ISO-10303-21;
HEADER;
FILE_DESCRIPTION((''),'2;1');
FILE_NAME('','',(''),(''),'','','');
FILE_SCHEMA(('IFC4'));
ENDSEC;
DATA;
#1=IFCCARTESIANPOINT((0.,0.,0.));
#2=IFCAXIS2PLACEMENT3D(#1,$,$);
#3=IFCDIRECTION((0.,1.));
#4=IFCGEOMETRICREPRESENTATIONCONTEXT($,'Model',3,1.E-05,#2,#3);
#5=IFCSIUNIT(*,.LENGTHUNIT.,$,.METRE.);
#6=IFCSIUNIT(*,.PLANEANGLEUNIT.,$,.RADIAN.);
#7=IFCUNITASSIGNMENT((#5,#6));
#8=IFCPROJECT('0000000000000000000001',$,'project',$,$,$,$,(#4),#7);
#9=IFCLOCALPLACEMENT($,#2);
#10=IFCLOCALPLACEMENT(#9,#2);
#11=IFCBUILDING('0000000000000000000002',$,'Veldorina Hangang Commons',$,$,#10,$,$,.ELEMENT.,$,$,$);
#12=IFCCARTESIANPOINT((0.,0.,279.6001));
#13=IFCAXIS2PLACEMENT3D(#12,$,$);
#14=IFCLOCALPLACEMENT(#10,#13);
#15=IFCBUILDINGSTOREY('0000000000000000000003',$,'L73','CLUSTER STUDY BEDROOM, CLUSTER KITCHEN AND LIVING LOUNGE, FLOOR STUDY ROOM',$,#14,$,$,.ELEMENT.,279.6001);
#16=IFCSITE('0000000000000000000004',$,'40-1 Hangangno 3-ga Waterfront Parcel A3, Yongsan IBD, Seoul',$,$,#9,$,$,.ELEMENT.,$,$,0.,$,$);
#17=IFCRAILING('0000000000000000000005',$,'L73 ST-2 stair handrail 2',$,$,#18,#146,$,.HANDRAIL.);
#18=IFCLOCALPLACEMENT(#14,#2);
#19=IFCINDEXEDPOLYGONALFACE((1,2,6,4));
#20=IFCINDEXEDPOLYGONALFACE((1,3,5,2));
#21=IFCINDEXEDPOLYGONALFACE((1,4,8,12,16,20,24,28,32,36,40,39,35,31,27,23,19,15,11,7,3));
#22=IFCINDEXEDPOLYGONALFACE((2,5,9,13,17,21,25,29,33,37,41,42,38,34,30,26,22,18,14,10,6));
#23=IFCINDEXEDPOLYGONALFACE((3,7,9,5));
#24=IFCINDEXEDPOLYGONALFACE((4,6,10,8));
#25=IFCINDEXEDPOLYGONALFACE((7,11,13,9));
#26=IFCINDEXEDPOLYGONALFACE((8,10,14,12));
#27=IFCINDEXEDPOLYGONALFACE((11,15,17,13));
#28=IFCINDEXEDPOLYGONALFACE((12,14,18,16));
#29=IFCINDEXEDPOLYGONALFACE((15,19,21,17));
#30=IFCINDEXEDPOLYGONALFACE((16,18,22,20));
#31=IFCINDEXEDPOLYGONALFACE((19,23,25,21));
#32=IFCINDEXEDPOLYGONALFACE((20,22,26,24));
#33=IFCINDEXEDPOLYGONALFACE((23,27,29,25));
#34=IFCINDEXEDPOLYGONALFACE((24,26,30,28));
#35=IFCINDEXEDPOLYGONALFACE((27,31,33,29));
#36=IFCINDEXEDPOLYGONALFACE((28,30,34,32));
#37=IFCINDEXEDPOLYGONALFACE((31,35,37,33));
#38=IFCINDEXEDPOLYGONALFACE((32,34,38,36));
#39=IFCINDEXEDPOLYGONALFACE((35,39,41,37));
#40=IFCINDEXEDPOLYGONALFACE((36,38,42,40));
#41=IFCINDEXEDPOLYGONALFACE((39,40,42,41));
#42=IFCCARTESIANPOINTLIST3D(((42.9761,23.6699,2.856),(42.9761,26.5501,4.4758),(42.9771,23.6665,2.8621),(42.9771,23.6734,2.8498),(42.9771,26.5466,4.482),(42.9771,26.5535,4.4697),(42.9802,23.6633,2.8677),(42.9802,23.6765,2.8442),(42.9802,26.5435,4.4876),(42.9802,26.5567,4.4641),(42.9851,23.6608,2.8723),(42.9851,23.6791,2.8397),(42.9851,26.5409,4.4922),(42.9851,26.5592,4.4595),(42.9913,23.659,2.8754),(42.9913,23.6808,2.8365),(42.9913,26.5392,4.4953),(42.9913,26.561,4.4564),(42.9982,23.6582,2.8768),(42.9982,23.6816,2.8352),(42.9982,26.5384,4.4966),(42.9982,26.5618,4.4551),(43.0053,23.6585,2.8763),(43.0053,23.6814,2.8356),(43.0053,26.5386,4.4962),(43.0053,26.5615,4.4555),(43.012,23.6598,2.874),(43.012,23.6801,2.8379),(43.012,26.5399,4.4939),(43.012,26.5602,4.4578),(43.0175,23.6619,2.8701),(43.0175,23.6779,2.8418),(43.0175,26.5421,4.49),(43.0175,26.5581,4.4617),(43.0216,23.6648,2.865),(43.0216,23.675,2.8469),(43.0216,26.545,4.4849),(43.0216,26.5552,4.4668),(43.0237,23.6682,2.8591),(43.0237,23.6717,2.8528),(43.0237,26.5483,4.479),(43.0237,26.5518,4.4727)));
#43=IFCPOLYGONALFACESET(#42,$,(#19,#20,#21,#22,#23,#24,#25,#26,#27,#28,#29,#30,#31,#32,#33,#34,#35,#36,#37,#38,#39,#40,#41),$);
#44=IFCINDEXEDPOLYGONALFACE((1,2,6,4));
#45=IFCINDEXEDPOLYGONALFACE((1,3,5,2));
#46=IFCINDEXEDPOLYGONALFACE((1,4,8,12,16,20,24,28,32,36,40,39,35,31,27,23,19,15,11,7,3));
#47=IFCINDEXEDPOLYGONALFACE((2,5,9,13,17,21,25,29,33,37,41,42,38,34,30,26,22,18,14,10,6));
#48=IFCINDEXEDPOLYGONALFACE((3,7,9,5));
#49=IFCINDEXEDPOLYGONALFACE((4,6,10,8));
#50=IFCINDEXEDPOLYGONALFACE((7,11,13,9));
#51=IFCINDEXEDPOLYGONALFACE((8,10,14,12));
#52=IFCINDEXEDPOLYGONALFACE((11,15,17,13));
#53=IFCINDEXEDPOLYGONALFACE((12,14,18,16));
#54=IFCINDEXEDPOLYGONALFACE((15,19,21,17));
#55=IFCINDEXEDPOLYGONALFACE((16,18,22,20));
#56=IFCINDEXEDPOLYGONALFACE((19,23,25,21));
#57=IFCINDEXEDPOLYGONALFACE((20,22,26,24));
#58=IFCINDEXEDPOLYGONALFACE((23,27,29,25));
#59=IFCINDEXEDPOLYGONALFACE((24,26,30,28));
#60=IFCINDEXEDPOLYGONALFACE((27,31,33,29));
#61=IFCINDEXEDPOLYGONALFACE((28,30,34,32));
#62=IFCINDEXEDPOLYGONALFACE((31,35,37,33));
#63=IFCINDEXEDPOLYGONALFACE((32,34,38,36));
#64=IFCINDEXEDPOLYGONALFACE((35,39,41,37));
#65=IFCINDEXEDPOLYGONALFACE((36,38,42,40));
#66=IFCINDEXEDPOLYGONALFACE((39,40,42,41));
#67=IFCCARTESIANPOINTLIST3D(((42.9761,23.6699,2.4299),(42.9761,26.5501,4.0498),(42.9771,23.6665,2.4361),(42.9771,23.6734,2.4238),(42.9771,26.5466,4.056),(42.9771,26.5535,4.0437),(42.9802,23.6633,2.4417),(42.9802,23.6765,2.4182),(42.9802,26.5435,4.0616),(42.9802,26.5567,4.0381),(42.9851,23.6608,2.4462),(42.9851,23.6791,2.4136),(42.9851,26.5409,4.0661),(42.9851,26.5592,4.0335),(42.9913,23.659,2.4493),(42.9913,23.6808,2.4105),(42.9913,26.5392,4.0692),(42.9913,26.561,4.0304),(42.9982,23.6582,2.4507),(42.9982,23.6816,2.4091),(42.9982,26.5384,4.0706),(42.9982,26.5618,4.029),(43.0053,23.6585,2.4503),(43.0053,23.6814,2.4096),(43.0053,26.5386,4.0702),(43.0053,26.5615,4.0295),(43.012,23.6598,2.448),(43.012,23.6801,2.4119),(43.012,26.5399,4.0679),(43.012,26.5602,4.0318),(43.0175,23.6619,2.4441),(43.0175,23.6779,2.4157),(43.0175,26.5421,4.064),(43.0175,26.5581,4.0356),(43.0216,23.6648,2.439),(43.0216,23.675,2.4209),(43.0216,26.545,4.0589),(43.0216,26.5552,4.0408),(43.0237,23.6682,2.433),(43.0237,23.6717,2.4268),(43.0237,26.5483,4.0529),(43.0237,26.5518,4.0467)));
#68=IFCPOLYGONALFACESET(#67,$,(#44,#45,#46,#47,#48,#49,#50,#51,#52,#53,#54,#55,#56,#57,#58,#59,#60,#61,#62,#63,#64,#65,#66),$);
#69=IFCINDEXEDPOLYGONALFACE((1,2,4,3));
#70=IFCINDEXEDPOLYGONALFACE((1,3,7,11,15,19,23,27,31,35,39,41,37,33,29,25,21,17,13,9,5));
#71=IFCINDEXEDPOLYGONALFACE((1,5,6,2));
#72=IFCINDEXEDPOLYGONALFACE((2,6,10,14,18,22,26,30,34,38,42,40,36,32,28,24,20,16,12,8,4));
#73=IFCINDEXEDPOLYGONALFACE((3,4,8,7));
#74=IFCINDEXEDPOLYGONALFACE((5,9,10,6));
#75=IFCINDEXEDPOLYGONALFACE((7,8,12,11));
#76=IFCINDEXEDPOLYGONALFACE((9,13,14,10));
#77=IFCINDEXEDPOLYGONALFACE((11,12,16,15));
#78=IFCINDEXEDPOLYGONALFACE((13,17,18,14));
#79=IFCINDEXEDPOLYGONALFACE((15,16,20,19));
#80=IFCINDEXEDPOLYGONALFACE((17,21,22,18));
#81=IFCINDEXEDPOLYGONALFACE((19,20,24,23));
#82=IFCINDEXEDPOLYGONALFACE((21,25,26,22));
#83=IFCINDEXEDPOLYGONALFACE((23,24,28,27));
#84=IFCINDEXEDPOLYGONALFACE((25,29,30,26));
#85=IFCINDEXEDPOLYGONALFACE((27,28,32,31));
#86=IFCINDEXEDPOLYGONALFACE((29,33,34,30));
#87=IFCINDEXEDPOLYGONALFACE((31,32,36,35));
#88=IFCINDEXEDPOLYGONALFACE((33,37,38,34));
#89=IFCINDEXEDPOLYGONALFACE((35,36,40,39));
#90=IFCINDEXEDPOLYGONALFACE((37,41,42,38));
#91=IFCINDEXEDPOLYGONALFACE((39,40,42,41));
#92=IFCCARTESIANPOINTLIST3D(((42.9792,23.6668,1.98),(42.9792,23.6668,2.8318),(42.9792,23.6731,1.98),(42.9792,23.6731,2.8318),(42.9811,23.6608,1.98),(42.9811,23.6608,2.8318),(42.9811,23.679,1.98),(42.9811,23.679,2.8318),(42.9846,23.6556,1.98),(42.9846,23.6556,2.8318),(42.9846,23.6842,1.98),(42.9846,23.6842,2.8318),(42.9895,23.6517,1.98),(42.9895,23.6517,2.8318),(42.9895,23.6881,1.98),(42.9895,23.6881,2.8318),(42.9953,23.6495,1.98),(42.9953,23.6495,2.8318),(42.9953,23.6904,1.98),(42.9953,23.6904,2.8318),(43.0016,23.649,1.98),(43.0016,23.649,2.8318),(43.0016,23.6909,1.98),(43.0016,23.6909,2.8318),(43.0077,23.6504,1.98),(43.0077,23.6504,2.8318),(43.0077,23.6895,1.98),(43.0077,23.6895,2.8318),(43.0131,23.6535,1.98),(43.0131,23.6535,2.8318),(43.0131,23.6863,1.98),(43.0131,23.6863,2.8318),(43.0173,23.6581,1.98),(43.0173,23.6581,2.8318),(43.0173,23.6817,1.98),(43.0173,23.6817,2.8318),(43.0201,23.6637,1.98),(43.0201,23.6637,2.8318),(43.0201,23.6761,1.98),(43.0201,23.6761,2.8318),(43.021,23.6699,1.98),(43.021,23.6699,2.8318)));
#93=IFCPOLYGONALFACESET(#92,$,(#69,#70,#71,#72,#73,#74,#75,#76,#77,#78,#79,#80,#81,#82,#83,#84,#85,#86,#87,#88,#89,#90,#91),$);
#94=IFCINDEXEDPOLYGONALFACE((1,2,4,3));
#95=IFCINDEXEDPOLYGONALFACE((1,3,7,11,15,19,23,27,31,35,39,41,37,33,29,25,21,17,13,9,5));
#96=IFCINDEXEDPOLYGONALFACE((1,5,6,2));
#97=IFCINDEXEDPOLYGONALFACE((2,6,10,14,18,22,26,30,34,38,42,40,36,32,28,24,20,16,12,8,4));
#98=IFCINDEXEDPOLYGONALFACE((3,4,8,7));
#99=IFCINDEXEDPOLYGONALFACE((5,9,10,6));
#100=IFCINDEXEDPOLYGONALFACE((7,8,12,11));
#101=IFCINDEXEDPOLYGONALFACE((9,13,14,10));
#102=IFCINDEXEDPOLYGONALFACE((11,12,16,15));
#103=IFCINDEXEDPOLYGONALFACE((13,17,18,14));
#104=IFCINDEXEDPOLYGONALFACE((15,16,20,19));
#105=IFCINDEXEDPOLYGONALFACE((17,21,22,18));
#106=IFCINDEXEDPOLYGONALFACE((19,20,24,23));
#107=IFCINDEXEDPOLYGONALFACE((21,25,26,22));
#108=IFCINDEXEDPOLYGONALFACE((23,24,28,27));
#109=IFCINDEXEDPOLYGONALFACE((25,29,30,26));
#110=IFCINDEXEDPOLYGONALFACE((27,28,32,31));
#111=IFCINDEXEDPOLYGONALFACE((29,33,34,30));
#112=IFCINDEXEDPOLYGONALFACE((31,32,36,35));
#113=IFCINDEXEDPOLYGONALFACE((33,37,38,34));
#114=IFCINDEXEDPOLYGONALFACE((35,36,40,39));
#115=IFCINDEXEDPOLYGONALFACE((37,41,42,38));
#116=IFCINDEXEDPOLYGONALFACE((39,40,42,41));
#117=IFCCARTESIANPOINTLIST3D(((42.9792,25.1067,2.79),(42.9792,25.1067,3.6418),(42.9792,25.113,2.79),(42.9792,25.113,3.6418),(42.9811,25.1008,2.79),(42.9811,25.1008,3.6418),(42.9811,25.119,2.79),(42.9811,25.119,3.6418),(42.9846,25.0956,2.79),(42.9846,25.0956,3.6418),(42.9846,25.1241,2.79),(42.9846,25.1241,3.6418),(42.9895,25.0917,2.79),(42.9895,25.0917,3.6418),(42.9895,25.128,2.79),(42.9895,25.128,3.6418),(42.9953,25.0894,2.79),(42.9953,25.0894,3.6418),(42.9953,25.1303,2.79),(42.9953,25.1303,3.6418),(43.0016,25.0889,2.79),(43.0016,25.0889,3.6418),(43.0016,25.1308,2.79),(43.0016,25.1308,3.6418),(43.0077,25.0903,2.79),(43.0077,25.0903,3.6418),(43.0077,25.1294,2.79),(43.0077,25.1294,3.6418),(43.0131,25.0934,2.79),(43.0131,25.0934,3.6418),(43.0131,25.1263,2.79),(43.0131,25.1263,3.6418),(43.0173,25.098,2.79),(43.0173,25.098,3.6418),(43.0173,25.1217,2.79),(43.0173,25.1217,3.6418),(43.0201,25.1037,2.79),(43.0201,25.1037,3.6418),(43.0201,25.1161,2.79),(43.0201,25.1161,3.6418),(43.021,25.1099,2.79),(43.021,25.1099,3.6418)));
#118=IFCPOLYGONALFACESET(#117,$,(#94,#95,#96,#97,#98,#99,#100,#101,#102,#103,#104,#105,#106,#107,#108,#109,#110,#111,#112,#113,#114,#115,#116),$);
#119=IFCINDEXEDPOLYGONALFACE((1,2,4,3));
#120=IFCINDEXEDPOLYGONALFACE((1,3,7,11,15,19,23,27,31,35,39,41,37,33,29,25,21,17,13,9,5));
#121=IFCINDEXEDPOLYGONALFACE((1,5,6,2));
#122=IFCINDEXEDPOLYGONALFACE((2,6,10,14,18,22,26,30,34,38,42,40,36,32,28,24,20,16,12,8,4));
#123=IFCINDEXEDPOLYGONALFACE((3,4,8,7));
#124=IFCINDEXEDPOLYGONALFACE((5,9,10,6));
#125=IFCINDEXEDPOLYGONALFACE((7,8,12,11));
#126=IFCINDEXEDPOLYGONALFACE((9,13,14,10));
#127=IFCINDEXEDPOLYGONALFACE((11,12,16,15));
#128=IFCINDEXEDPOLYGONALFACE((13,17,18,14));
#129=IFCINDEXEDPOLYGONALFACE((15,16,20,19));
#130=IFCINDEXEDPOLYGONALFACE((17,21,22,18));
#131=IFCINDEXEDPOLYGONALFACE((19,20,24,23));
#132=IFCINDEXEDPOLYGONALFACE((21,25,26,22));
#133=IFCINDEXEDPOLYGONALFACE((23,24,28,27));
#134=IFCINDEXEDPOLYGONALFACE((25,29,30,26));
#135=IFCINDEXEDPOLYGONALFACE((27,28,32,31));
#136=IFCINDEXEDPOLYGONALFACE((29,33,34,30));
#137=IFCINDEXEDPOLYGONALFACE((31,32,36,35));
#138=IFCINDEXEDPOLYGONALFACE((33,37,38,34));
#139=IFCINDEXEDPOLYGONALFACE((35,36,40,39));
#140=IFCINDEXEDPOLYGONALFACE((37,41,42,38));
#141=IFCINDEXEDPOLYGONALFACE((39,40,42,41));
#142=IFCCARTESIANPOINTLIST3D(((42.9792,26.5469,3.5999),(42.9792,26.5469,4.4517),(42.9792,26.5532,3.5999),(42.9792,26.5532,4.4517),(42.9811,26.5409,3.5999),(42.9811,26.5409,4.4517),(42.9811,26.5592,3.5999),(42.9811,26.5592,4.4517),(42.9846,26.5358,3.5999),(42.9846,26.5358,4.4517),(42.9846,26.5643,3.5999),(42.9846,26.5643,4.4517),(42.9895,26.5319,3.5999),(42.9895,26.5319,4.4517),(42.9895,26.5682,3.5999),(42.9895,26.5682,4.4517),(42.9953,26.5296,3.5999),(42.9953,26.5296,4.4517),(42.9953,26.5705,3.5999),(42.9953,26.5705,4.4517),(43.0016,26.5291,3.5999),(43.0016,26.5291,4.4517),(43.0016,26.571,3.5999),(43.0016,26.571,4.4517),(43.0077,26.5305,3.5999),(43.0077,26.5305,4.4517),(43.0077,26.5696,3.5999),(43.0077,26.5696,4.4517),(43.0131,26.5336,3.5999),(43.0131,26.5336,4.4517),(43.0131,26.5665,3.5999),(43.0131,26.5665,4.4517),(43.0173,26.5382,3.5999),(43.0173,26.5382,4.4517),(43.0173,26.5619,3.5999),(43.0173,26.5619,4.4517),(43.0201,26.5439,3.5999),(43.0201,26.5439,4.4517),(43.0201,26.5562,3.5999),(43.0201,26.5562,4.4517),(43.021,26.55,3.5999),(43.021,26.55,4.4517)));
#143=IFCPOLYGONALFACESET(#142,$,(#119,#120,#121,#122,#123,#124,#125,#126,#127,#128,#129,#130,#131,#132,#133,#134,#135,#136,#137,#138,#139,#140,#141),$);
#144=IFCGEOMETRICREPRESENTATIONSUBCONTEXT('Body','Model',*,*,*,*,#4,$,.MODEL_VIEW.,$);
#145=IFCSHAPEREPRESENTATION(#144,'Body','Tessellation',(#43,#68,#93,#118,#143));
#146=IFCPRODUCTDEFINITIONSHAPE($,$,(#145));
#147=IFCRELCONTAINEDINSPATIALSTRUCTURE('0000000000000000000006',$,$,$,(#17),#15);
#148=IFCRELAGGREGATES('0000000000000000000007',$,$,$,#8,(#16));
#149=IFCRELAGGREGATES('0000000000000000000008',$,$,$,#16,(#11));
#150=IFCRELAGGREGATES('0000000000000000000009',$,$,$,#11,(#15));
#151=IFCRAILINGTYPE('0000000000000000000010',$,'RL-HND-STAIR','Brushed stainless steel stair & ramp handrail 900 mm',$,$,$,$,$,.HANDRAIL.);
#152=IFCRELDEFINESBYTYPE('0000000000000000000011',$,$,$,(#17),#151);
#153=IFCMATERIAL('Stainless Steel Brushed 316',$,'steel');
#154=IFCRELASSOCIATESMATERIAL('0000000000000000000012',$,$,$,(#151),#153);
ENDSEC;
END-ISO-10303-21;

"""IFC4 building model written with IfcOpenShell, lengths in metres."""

from ifc_helpers import new_model, si_unit, direction, frame, origin, origin_2d, place, context, subcontext, project, spatial, circle, extrude, material, type_object, element, save


model = new_model("IFC4")

# Units and contexts
model_context = context("Model", 3, precision=1e-05, world=origin(), true_north=direction((0.0, 1.0)))
body_context = subcontext(model_context, "Body", "Model", "MODEL_VIEW")
ifc_project = project(units=[si_unit("LENGTHUNIT", "METRE"), si_unit("PLANEANGLEUNIT", "RADIAN")], contexts=[model_context])

# Site, building, storey
site_placement = place(None, origin())
site = spatial("IfcSite", under=ifc_project, at=site_placement, Name="40-1 Hangangno 3-ga Waterfront Parcel A3, Yongsan IBD, Seoul", CompositionType="ELEMENT", RefElevation=0.0)
building_placement = place(site_placement, origin())
building = spatial("IfcBuilding", under=site, at=building_placement, Name="Veldorina Hangang Commons", CompositionType="ELEMENT")
storey_placement = place(building_placement, frame((0.0, 0.0, 279.6001)))
storey = spatial("IfcBuildingStorey", under=building, at=storey_placement, Name="L73", Description="CLUSTER STUDY BEDROOM, CLUSTER KITCHEN AND LIVING LOUNGE, FLOOR STUDY ROOM", CompositionType="ELEMENT", Elevation=279.6001)

# Railing
ifc_material_1 = material(Name="Stainless Steel Brushed 316", Category="steel")
railing_type_1 = type_object("IfcRailingType", Name="RL-HND-STAIR", Description="Brushed stainless steel stair & ramp handrail 900 mm", PredefinedType="HANDRAIL", material=ifc_material_1)
railing_1_placement = place(storey_placement, frame((43.0, 23.6699, 1.98)))
element("IfcRailing", 1, at=railing_1_placement, inside=storey, type_object=railing_type_1, Name="L73 ST-2 stair handrail 2", PredefinedType="HANDRAIL", context=body_context, shape_type="SweptSolid", body=[
    extrude(circle(Radius=0.0239, at=origin_2d()), frame((0.0, 0.0, 0.876), z_axis=(0.0, 0.871601, 0.490216), x_axis=(-1.0, 0.0, 0.0)), (0.0, 0.0, 1.0), 3.3044),
    extrude(circle(Radius=0.0239, at=origin_2d()), frame((0.0, 0.0, 0.45), z_axis=(0.0, 0.871601, 0.490216), x_axis=(-1.0, 0.0, 0.0)), (0.0, 0.0, 1.0), 3.3044),
    extrude(circle(Radius=0.021, at=origin_2d()), origin(), (0.0, 0.0, 1.0), 0.8518),
    extrude(circle(Radius=0.021, at=origin_2d()), frame((0.0, 1.4399, 0.8101)), (0.0, 0.0, 1.0), 0.8518),
    extrude(circle(Radius=0.021, at=origin_2d()), frame((0.0, 2.8801, 1.6199)), (0.0, 0.0, 1.0), 0.8518),
])

save(model, "model.ifc")
